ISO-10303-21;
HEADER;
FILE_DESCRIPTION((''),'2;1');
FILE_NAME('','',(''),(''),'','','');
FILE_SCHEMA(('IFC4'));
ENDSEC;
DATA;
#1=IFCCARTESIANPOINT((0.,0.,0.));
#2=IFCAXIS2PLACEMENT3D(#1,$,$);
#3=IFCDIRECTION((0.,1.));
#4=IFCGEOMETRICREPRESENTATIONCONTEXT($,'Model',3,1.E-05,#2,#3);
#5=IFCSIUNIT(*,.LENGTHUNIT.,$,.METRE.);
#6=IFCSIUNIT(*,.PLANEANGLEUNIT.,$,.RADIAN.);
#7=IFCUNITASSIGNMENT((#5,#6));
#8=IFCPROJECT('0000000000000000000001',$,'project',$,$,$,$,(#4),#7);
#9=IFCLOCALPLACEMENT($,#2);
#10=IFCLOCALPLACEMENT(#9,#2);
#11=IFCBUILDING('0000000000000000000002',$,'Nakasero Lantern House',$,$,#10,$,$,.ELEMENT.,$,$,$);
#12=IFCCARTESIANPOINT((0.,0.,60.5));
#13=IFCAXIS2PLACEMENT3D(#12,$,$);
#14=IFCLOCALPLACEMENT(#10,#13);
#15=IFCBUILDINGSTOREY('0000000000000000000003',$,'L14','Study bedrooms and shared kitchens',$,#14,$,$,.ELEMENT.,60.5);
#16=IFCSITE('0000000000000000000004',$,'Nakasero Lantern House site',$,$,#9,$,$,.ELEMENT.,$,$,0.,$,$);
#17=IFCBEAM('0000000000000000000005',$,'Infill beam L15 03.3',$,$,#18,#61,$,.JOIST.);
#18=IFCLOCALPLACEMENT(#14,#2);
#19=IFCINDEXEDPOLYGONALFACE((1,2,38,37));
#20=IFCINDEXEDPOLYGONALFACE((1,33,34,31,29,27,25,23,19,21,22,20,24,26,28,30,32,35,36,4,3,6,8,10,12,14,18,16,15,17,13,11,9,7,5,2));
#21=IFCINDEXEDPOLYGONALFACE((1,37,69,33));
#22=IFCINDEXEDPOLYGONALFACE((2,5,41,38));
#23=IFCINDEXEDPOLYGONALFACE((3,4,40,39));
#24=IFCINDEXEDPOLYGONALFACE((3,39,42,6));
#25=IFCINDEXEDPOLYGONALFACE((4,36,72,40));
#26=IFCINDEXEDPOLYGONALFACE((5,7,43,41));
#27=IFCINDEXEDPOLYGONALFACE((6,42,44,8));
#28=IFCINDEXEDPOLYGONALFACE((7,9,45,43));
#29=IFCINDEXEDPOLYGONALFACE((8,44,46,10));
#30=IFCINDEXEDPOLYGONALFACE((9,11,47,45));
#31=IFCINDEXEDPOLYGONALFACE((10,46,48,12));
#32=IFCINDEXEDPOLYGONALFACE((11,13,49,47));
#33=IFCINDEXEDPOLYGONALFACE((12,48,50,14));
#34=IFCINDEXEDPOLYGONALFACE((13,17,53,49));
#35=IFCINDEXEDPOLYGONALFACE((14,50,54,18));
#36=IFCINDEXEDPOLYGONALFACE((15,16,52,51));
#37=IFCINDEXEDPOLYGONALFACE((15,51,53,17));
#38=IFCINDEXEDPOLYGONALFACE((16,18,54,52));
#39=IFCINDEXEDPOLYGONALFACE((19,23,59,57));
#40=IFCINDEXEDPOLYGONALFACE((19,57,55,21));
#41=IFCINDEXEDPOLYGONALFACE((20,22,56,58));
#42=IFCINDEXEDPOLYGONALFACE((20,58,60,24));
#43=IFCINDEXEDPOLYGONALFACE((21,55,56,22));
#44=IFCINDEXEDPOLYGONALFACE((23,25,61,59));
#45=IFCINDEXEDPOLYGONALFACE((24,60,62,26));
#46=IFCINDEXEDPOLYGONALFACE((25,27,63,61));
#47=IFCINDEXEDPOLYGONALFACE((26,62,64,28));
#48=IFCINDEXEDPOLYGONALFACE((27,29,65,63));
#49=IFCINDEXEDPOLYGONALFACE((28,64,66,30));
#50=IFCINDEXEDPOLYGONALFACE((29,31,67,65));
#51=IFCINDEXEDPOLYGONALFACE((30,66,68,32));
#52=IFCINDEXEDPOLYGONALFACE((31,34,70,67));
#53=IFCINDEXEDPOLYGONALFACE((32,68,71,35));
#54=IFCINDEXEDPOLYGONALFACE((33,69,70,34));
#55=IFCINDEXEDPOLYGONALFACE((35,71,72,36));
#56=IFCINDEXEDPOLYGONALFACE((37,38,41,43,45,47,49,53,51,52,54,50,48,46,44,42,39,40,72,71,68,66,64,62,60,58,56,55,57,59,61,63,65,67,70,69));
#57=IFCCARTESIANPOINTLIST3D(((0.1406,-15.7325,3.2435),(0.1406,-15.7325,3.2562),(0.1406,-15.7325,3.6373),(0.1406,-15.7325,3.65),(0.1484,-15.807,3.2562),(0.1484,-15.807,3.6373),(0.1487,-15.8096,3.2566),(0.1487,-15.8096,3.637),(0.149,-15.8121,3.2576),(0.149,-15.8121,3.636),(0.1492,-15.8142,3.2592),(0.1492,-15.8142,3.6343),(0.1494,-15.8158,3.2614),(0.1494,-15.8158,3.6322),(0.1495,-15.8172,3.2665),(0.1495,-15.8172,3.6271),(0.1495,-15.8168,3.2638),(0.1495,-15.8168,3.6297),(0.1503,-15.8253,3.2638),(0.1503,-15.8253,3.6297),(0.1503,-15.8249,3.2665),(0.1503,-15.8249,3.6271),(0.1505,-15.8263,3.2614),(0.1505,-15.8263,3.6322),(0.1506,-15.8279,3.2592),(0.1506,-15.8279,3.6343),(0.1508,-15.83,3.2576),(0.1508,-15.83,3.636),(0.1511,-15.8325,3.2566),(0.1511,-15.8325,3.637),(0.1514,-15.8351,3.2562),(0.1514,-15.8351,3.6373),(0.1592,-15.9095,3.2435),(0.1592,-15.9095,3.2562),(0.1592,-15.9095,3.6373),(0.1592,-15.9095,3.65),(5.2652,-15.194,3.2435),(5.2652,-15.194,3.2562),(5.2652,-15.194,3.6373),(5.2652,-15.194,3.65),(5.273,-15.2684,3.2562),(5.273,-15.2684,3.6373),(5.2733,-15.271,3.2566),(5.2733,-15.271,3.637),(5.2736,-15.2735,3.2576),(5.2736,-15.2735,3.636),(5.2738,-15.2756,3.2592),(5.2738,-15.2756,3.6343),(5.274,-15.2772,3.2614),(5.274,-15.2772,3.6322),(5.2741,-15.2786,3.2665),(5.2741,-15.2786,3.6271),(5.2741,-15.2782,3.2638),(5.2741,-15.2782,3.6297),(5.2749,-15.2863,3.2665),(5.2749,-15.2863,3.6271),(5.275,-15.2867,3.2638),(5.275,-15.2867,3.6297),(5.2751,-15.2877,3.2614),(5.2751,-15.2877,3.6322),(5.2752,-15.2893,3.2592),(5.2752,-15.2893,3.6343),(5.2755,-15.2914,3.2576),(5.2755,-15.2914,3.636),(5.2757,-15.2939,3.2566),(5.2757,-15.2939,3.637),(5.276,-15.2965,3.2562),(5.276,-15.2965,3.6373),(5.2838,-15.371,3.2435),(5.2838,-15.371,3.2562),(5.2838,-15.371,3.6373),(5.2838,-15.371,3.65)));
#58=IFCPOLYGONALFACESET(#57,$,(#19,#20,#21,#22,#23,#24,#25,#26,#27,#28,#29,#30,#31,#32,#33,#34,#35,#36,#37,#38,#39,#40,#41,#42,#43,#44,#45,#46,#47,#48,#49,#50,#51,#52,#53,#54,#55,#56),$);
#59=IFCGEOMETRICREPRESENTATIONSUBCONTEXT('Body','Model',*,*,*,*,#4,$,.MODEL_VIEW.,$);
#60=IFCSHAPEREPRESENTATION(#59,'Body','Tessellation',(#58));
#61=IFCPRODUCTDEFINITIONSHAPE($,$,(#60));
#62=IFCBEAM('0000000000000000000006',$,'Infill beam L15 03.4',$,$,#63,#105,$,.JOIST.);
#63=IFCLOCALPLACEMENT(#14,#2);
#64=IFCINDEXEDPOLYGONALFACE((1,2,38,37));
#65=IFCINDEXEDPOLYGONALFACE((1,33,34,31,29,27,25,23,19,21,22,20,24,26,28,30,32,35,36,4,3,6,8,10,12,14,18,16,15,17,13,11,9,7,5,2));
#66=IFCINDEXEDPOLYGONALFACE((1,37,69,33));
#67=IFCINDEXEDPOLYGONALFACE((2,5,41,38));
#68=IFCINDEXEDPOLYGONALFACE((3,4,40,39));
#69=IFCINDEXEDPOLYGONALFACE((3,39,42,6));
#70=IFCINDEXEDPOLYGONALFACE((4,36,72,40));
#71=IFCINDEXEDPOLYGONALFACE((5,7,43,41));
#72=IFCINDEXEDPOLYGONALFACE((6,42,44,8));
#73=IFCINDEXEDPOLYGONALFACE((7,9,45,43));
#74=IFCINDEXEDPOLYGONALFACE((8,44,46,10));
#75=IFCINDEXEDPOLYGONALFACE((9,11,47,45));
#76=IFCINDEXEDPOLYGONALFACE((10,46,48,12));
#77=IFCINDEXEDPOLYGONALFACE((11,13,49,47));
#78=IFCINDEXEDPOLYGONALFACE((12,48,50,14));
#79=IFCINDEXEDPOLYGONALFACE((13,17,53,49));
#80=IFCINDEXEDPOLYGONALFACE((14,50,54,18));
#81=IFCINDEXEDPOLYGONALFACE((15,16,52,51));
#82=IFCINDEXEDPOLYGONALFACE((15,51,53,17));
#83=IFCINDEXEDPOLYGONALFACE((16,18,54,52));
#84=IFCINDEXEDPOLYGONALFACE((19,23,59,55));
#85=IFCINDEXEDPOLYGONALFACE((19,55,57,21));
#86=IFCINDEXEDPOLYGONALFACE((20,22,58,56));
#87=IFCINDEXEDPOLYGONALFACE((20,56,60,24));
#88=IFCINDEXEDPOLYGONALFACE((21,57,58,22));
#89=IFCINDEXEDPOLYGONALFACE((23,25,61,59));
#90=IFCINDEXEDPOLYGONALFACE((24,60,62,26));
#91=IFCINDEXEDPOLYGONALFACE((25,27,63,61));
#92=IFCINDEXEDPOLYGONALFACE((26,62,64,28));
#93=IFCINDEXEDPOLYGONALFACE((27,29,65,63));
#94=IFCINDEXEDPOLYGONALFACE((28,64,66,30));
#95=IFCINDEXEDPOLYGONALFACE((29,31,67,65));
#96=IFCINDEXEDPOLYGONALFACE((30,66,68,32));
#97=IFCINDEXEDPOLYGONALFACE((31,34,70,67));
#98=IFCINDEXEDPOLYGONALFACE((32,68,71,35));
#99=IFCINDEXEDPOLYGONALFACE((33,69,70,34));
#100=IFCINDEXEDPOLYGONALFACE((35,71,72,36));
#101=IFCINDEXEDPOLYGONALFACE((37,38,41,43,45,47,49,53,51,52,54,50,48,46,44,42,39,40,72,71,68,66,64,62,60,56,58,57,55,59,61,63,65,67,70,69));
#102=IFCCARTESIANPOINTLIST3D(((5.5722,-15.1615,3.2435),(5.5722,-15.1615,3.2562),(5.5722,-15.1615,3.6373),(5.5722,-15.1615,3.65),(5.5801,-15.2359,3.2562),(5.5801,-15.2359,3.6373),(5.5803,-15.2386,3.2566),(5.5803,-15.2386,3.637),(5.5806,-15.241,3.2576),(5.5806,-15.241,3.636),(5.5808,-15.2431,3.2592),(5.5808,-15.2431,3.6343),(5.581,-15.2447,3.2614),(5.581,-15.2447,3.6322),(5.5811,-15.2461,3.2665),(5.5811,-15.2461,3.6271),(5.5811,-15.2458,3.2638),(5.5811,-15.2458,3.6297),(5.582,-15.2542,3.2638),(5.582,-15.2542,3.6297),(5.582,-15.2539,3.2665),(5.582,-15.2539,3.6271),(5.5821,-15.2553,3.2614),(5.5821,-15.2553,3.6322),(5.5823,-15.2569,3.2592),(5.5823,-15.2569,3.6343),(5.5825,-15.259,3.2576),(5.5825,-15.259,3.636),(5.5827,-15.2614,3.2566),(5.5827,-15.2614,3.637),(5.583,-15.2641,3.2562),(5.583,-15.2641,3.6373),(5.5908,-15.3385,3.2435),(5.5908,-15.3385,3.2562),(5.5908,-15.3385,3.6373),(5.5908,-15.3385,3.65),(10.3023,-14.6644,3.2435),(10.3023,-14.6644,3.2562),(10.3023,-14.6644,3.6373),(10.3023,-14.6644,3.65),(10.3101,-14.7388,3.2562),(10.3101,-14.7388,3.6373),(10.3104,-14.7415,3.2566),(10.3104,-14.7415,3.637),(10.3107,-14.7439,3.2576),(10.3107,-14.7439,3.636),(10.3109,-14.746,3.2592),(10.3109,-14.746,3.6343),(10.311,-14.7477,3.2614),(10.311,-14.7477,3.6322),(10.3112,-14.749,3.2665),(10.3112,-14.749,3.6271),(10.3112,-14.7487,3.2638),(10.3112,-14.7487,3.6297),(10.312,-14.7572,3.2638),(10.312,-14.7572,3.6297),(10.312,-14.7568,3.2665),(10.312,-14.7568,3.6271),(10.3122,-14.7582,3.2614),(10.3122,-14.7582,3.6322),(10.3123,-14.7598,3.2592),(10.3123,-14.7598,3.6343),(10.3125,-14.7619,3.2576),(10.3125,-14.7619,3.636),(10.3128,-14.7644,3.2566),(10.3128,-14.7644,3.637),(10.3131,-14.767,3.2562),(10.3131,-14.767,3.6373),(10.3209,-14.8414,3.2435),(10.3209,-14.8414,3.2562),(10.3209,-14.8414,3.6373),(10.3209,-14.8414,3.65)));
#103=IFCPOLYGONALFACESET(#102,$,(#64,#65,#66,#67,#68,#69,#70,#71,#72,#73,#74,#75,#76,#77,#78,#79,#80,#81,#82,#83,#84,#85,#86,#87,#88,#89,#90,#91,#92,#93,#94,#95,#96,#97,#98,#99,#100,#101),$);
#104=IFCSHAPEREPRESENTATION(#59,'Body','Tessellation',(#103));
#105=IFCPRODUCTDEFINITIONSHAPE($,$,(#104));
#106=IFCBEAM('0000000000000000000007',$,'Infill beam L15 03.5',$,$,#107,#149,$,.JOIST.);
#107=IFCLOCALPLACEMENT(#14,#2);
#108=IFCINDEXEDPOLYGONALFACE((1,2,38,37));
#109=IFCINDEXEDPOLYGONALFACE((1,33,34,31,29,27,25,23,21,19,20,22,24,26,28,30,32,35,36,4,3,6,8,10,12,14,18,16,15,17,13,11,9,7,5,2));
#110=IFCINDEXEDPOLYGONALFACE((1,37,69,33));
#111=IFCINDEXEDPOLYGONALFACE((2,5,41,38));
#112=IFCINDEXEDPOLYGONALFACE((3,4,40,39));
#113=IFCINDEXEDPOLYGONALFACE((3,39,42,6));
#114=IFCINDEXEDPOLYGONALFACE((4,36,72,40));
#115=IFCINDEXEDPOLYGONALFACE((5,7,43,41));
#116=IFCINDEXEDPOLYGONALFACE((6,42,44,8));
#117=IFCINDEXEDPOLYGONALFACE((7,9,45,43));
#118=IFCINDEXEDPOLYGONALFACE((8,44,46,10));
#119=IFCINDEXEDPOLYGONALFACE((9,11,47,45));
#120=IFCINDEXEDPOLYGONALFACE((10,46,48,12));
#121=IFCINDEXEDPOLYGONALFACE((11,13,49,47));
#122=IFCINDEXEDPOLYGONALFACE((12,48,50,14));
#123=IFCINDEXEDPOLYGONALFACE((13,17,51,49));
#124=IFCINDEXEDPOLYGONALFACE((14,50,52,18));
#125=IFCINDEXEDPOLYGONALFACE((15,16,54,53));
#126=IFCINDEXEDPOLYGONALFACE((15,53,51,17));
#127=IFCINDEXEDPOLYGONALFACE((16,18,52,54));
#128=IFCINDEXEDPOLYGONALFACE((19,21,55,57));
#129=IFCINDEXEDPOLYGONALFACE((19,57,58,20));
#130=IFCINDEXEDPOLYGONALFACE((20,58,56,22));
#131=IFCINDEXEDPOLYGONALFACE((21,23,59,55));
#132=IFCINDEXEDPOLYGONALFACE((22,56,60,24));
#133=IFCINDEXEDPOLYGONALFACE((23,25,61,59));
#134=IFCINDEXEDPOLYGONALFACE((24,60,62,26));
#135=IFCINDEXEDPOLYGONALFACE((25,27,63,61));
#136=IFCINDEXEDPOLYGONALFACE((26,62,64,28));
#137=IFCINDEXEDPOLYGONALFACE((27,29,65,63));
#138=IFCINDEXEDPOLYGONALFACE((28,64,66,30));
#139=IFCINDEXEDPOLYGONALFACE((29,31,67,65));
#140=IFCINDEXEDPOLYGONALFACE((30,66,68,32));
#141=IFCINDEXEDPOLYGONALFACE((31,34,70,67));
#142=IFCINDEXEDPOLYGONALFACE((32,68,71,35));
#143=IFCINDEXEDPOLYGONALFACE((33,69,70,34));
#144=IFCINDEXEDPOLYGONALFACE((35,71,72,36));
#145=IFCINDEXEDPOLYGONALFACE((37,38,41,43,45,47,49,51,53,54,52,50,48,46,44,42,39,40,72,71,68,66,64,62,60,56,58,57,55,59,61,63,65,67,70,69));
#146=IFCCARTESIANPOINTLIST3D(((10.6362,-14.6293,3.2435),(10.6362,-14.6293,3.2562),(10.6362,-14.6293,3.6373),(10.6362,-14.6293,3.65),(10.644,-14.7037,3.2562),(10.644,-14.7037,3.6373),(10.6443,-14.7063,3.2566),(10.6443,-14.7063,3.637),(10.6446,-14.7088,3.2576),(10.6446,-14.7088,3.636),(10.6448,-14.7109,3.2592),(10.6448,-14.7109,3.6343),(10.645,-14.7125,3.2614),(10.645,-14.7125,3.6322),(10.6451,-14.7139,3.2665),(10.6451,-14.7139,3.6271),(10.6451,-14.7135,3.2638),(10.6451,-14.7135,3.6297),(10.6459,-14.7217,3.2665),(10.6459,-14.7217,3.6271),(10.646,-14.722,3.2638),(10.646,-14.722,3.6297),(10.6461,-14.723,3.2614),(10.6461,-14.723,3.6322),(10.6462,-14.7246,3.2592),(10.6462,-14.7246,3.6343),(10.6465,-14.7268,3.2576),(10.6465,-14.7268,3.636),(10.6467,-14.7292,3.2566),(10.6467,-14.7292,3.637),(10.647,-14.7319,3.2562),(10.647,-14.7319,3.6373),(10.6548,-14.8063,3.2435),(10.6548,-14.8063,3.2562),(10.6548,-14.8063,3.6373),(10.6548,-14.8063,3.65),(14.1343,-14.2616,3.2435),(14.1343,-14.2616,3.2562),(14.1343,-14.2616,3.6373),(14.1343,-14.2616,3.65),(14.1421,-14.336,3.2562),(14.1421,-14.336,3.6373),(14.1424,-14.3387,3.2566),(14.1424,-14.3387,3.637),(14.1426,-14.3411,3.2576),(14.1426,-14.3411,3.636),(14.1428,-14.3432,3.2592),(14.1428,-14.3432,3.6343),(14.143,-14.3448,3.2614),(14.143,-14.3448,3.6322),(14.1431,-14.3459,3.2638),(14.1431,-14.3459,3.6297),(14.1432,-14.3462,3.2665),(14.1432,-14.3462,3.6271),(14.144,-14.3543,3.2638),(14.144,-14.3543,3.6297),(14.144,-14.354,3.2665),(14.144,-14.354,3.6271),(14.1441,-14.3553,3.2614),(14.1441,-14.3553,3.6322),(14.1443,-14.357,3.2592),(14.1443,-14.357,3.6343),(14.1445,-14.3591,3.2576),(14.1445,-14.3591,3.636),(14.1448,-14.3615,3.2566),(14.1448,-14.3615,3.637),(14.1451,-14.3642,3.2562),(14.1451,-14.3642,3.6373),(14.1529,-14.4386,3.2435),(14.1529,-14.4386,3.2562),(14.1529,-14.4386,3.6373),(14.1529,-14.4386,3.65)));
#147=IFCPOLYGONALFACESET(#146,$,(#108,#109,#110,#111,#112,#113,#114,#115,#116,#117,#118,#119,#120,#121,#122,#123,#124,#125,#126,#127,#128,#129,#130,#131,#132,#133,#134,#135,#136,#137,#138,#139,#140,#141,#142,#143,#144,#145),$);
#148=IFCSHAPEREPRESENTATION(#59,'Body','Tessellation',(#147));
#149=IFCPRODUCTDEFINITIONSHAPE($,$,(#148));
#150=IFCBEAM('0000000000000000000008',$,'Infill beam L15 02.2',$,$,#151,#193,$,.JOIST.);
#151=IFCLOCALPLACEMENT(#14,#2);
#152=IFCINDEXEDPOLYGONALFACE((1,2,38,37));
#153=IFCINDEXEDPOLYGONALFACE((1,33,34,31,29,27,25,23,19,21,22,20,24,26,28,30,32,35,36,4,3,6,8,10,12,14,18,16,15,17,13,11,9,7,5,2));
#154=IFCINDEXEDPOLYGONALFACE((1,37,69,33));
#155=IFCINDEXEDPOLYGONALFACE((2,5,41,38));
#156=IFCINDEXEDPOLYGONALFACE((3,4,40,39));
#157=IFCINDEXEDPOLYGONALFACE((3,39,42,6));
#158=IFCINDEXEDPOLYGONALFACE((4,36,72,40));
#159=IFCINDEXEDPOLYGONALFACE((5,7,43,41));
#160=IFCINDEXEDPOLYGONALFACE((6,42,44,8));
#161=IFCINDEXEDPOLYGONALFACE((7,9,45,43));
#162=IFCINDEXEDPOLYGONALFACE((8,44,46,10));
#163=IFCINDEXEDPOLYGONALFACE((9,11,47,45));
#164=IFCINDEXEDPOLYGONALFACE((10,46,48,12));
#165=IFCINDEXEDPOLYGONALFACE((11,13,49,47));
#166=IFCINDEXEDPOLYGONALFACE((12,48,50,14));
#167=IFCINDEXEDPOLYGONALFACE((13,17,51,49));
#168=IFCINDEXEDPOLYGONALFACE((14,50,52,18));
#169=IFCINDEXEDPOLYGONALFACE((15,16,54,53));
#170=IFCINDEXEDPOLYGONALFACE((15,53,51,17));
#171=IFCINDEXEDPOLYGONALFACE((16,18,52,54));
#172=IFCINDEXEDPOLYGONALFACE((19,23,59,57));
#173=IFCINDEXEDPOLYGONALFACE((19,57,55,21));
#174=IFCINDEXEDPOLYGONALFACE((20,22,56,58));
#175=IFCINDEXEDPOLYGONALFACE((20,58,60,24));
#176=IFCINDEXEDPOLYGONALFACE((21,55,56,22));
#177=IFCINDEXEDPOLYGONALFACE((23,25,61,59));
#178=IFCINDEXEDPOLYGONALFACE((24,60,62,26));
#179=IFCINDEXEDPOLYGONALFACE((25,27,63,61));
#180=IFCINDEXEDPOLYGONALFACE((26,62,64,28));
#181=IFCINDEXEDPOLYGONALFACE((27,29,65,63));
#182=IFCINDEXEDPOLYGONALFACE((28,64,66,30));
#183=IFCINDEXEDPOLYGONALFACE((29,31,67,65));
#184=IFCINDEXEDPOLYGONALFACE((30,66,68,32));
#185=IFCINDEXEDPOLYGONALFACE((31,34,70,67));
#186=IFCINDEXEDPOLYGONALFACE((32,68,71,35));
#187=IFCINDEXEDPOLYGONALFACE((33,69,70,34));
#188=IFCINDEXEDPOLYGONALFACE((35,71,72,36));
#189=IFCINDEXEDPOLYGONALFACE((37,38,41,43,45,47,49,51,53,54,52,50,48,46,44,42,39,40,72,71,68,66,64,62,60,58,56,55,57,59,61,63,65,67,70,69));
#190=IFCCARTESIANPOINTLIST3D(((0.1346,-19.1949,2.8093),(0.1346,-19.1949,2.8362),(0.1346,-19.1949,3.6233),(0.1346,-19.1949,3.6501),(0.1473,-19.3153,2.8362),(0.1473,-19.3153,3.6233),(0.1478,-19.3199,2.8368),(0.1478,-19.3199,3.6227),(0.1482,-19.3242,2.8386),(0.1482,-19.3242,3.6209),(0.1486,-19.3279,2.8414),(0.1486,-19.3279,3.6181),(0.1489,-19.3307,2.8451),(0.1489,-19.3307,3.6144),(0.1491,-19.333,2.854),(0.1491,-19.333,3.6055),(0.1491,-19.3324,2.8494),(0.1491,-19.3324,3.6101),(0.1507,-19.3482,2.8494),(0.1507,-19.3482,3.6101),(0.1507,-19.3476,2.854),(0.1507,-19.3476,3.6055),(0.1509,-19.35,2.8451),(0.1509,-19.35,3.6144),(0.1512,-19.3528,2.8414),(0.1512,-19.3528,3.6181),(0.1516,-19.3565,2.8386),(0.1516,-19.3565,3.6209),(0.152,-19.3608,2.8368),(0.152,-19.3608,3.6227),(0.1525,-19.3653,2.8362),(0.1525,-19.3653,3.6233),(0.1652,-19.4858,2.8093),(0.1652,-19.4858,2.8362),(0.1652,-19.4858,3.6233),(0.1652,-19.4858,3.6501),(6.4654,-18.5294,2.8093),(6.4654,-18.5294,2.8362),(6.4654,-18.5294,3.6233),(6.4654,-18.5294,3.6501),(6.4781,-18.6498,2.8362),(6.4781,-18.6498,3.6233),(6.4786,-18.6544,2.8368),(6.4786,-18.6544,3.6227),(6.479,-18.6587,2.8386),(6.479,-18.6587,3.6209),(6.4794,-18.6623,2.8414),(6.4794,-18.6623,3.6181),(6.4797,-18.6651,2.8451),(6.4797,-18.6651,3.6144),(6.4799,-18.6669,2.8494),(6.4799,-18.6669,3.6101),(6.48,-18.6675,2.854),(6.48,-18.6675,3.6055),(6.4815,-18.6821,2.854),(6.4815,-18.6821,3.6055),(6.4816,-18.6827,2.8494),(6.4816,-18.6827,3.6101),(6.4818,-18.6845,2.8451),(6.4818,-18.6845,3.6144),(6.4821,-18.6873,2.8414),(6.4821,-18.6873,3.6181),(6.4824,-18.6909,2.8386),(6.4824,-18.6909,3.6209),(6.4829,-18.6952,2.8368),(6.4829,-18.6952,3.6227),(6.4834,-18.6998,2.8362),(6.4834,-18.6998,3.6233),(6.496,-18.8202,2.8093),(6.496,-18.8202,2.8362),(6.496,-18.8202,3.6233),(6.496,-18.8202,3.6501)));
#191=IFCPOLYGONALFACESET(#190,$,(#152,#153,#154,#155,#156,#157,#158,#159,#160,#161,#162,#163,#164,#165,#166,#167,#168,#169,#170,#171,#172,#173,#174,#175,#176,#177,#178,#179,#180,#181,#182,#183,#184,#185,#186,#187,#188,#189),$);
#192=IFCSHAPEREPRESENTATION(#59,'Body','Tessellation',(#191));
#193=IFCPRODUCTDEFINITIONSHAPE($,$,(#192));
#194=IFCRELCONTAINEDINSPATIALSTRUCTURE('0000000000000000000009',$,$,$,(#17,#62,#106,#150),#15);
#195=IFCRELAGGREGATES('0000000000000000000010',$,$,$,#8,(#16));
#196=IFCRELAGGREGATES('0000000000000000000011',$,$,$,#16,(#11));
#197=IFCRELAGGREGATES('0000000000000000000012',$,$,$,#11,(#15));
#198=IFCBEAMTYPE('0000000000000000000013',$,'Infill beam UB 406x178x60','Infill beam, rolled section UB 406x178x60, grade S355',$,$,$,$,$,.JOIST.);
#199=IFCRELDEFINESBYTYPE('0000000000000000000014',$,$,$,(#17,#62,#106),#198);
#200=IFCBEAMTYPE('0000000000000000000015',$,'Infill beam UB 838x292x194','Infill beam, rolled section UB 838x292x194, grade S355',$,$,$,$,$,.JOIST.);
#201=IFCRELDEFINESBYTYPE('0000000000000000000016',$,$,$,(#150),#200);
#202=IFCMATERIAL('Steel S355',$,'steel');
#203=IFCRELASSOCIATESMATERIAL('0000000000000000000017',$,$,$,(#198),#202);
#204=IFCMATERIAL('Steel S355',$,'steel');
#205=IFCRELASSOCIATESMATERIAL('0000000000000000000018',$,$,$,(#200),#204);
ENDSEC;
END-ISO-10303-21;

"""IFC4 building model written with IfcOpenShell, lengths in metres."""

from ifc_helpers import new_model, si_unit, direction, frame, origin, origin_2d, place, context, subcontext, project, spatial, i_section, extrude, material, material_profile, profile_set, type_object, element, save


model = new_model("IFC4")

# Units and contexts
model_context = context("Model", 3, precision=1e-05, world=origin(), true_north=direction((0.0, 1.0)))
body_context = subcontext(model_context, "Body", "Model", "MODEL_VIEW")
ifc_project = project(units=[si_unit("LENGTHUNIT", "METRE"), si_unit("PLANEANGLEUNIT", "RADIAN")], contexts=[model_context])

# Site, building, storey
site_placement = place(None, origin())
site = spatial("IfcSite", under=ifc_project, at=site_placement, Name="Nakasero Lantern House site", CompositionType="ELEMENT", RefElevation=0.0)
building_placement = place(site_placement, origin())
building = spatial("IfcBuilding", under=site, at=building_placement, Name="Nakasero Lantern House", CompositionType="ELEMENT")
storey_placement = place(building_placement, frame((0.0, 0.0, 60.5)))
storey = spatial("IfcBuildingStorey", under=building, at=storey_placement, Name="L14", Description="Study bedrooms and shared kitchens", CompositionType="ELEMENT", Elevation=60.5)

# Beams
ifc_material_1 = material(Name="Steel S355", Category="steel")
ifc_material_profile_1 = material_profile(ifc_material_1, i_section(OverallWidth=0.178, OverallDepth=0.4065, WebThickness=0.0078, FlangeThickness=0.0127, FilletRadius=0.0103, at=origin_2d()), Name="UB 406x178x60")
ifc_profile_set_1 = profile_set([ifc_material_profile_1], Name="Steel S355")
beam_type_1 = type_object("IfcBeamType", Name="Infill beam UB 406x178x60", Description="Infill beam, rolled section UB 406x178x60, grade S355", PredefinedType="JOIST", material=ifc_profile_set_1)
beam_1_placement = place(storey_placement, frame((0.1499, -15.821, 3.4468), z_axis=(0.994523, 0.104522, 0.0), x_axis=(-0.104522, 0.994523, 0.0)))
element("IfcBeam", 1, at=beam_1_placement, inside=storey, type_object=beam_type_1, Name="Infill beam L15 03.3", PredefinedType="JOIST", context=body_context, shape_type="SweptSolid", body=[
    extrude(i_section(OverallWidth=0.178, OverallDepth=0.4065, WebThickness=0.0078, FlangeThickness=0.0127, FilletRadius=0.0103, at=origin_2d()), origin(), (0.0, 0.0, 1.0), 5.1528),
])
beam_2_placement = place(storey_placement, frame((5.5815, -15.25, 3.4468), z_axis=(0.994523, 0.104514, 0.0), x_axis=(-0.104514, 0.994523, 0.0)))
element("IfcBeam", 2, at=beam_2_placement, inside=storey, type_object=beam_type_1, Name="Infill beam L15 03.4", PredefinedType="JOIST", context=body_context, shape_type="SweptSolid", body=[
    extrude(i_section(OverallWidth=0.178, OverallDepth=0.4065, WebThickness=0.0078, FlangeThickness=0.0127, FilletRadius=0.0103, at=origin_2d()), origin(), (0.0, 0.0, 1.0), 4.7561),
])
beam_3_placement = place(storey_placement, frame((10.6455, -14.7178, 3.4468), z_axis=(0.994521, 0.104533, 0.0), x_axis=(-0.104533, 0.994521, 0.0)))
element("IfcBeam", 3, at=beam_3_placement, inside=storey, type_object=beam_type_1, Name="Infill beam L15 03.5", PredefinedType="JOIST", context=body_context, shape_type="SweptSolid", body=[
    extrude(i_section(OverallWidth=0.178, OverallDepth=0.4065, WebThickness=0.0078, FlangeThickness=0.0127, FilletRadius=0.0103, at=origin_2d()), origin(), (0.0, 0.0, 1.0), 3.5173),
])
ifc_material_2 = material(Name="Steel S355", Category="steel")
ifc_material_profile_2 = material_profile(ifc_material_2, i_section(OverallWidth=0.2925, OverallDepth=0.8408, WebThickness=0.0146, FlangeThickness=0.0269, FilletRadius=0.0178, at=origin_2d()), Name="UB 838x292x194")
ifc_profile_set_2 = profile_set([ifc_material_profile_2], Name="Steel S355")
beam_type_2 = type_object("IfcBeamType", Name="Infill beam UB 838x292x194", Description="Infill beam, rolled section UB 838x292x194, grade S355", PredefinedType="JOIST", material=ifc_profile_set_2)
beam_4_placement = place(storey_placement, frame((0.1499, -19.3403, 3.2297), z_axis=(0.99452, 0.104549, 0.0), x_axis=(-0.104549, 0.99452, 0.0)))
element("IfcBeam", 4, at=beam_4_placement, inside=storey, type_object=beam_type_2, Name="Infill beam L15 02.2", PredefinedType="JOIST", context=body_context, shape_type="SweptSolid", body=[
    extrude(i_section(OverallWidth=0.2925, OverallDepth=0.8408, WebThickness=0.0146, FlangeThickness=0.0269, FilletRadius=0.0178, at=origin_2d()), origin(), (0.0, 0.0, 1.0), 6.3657),
])

save(model, "model.ifc")
